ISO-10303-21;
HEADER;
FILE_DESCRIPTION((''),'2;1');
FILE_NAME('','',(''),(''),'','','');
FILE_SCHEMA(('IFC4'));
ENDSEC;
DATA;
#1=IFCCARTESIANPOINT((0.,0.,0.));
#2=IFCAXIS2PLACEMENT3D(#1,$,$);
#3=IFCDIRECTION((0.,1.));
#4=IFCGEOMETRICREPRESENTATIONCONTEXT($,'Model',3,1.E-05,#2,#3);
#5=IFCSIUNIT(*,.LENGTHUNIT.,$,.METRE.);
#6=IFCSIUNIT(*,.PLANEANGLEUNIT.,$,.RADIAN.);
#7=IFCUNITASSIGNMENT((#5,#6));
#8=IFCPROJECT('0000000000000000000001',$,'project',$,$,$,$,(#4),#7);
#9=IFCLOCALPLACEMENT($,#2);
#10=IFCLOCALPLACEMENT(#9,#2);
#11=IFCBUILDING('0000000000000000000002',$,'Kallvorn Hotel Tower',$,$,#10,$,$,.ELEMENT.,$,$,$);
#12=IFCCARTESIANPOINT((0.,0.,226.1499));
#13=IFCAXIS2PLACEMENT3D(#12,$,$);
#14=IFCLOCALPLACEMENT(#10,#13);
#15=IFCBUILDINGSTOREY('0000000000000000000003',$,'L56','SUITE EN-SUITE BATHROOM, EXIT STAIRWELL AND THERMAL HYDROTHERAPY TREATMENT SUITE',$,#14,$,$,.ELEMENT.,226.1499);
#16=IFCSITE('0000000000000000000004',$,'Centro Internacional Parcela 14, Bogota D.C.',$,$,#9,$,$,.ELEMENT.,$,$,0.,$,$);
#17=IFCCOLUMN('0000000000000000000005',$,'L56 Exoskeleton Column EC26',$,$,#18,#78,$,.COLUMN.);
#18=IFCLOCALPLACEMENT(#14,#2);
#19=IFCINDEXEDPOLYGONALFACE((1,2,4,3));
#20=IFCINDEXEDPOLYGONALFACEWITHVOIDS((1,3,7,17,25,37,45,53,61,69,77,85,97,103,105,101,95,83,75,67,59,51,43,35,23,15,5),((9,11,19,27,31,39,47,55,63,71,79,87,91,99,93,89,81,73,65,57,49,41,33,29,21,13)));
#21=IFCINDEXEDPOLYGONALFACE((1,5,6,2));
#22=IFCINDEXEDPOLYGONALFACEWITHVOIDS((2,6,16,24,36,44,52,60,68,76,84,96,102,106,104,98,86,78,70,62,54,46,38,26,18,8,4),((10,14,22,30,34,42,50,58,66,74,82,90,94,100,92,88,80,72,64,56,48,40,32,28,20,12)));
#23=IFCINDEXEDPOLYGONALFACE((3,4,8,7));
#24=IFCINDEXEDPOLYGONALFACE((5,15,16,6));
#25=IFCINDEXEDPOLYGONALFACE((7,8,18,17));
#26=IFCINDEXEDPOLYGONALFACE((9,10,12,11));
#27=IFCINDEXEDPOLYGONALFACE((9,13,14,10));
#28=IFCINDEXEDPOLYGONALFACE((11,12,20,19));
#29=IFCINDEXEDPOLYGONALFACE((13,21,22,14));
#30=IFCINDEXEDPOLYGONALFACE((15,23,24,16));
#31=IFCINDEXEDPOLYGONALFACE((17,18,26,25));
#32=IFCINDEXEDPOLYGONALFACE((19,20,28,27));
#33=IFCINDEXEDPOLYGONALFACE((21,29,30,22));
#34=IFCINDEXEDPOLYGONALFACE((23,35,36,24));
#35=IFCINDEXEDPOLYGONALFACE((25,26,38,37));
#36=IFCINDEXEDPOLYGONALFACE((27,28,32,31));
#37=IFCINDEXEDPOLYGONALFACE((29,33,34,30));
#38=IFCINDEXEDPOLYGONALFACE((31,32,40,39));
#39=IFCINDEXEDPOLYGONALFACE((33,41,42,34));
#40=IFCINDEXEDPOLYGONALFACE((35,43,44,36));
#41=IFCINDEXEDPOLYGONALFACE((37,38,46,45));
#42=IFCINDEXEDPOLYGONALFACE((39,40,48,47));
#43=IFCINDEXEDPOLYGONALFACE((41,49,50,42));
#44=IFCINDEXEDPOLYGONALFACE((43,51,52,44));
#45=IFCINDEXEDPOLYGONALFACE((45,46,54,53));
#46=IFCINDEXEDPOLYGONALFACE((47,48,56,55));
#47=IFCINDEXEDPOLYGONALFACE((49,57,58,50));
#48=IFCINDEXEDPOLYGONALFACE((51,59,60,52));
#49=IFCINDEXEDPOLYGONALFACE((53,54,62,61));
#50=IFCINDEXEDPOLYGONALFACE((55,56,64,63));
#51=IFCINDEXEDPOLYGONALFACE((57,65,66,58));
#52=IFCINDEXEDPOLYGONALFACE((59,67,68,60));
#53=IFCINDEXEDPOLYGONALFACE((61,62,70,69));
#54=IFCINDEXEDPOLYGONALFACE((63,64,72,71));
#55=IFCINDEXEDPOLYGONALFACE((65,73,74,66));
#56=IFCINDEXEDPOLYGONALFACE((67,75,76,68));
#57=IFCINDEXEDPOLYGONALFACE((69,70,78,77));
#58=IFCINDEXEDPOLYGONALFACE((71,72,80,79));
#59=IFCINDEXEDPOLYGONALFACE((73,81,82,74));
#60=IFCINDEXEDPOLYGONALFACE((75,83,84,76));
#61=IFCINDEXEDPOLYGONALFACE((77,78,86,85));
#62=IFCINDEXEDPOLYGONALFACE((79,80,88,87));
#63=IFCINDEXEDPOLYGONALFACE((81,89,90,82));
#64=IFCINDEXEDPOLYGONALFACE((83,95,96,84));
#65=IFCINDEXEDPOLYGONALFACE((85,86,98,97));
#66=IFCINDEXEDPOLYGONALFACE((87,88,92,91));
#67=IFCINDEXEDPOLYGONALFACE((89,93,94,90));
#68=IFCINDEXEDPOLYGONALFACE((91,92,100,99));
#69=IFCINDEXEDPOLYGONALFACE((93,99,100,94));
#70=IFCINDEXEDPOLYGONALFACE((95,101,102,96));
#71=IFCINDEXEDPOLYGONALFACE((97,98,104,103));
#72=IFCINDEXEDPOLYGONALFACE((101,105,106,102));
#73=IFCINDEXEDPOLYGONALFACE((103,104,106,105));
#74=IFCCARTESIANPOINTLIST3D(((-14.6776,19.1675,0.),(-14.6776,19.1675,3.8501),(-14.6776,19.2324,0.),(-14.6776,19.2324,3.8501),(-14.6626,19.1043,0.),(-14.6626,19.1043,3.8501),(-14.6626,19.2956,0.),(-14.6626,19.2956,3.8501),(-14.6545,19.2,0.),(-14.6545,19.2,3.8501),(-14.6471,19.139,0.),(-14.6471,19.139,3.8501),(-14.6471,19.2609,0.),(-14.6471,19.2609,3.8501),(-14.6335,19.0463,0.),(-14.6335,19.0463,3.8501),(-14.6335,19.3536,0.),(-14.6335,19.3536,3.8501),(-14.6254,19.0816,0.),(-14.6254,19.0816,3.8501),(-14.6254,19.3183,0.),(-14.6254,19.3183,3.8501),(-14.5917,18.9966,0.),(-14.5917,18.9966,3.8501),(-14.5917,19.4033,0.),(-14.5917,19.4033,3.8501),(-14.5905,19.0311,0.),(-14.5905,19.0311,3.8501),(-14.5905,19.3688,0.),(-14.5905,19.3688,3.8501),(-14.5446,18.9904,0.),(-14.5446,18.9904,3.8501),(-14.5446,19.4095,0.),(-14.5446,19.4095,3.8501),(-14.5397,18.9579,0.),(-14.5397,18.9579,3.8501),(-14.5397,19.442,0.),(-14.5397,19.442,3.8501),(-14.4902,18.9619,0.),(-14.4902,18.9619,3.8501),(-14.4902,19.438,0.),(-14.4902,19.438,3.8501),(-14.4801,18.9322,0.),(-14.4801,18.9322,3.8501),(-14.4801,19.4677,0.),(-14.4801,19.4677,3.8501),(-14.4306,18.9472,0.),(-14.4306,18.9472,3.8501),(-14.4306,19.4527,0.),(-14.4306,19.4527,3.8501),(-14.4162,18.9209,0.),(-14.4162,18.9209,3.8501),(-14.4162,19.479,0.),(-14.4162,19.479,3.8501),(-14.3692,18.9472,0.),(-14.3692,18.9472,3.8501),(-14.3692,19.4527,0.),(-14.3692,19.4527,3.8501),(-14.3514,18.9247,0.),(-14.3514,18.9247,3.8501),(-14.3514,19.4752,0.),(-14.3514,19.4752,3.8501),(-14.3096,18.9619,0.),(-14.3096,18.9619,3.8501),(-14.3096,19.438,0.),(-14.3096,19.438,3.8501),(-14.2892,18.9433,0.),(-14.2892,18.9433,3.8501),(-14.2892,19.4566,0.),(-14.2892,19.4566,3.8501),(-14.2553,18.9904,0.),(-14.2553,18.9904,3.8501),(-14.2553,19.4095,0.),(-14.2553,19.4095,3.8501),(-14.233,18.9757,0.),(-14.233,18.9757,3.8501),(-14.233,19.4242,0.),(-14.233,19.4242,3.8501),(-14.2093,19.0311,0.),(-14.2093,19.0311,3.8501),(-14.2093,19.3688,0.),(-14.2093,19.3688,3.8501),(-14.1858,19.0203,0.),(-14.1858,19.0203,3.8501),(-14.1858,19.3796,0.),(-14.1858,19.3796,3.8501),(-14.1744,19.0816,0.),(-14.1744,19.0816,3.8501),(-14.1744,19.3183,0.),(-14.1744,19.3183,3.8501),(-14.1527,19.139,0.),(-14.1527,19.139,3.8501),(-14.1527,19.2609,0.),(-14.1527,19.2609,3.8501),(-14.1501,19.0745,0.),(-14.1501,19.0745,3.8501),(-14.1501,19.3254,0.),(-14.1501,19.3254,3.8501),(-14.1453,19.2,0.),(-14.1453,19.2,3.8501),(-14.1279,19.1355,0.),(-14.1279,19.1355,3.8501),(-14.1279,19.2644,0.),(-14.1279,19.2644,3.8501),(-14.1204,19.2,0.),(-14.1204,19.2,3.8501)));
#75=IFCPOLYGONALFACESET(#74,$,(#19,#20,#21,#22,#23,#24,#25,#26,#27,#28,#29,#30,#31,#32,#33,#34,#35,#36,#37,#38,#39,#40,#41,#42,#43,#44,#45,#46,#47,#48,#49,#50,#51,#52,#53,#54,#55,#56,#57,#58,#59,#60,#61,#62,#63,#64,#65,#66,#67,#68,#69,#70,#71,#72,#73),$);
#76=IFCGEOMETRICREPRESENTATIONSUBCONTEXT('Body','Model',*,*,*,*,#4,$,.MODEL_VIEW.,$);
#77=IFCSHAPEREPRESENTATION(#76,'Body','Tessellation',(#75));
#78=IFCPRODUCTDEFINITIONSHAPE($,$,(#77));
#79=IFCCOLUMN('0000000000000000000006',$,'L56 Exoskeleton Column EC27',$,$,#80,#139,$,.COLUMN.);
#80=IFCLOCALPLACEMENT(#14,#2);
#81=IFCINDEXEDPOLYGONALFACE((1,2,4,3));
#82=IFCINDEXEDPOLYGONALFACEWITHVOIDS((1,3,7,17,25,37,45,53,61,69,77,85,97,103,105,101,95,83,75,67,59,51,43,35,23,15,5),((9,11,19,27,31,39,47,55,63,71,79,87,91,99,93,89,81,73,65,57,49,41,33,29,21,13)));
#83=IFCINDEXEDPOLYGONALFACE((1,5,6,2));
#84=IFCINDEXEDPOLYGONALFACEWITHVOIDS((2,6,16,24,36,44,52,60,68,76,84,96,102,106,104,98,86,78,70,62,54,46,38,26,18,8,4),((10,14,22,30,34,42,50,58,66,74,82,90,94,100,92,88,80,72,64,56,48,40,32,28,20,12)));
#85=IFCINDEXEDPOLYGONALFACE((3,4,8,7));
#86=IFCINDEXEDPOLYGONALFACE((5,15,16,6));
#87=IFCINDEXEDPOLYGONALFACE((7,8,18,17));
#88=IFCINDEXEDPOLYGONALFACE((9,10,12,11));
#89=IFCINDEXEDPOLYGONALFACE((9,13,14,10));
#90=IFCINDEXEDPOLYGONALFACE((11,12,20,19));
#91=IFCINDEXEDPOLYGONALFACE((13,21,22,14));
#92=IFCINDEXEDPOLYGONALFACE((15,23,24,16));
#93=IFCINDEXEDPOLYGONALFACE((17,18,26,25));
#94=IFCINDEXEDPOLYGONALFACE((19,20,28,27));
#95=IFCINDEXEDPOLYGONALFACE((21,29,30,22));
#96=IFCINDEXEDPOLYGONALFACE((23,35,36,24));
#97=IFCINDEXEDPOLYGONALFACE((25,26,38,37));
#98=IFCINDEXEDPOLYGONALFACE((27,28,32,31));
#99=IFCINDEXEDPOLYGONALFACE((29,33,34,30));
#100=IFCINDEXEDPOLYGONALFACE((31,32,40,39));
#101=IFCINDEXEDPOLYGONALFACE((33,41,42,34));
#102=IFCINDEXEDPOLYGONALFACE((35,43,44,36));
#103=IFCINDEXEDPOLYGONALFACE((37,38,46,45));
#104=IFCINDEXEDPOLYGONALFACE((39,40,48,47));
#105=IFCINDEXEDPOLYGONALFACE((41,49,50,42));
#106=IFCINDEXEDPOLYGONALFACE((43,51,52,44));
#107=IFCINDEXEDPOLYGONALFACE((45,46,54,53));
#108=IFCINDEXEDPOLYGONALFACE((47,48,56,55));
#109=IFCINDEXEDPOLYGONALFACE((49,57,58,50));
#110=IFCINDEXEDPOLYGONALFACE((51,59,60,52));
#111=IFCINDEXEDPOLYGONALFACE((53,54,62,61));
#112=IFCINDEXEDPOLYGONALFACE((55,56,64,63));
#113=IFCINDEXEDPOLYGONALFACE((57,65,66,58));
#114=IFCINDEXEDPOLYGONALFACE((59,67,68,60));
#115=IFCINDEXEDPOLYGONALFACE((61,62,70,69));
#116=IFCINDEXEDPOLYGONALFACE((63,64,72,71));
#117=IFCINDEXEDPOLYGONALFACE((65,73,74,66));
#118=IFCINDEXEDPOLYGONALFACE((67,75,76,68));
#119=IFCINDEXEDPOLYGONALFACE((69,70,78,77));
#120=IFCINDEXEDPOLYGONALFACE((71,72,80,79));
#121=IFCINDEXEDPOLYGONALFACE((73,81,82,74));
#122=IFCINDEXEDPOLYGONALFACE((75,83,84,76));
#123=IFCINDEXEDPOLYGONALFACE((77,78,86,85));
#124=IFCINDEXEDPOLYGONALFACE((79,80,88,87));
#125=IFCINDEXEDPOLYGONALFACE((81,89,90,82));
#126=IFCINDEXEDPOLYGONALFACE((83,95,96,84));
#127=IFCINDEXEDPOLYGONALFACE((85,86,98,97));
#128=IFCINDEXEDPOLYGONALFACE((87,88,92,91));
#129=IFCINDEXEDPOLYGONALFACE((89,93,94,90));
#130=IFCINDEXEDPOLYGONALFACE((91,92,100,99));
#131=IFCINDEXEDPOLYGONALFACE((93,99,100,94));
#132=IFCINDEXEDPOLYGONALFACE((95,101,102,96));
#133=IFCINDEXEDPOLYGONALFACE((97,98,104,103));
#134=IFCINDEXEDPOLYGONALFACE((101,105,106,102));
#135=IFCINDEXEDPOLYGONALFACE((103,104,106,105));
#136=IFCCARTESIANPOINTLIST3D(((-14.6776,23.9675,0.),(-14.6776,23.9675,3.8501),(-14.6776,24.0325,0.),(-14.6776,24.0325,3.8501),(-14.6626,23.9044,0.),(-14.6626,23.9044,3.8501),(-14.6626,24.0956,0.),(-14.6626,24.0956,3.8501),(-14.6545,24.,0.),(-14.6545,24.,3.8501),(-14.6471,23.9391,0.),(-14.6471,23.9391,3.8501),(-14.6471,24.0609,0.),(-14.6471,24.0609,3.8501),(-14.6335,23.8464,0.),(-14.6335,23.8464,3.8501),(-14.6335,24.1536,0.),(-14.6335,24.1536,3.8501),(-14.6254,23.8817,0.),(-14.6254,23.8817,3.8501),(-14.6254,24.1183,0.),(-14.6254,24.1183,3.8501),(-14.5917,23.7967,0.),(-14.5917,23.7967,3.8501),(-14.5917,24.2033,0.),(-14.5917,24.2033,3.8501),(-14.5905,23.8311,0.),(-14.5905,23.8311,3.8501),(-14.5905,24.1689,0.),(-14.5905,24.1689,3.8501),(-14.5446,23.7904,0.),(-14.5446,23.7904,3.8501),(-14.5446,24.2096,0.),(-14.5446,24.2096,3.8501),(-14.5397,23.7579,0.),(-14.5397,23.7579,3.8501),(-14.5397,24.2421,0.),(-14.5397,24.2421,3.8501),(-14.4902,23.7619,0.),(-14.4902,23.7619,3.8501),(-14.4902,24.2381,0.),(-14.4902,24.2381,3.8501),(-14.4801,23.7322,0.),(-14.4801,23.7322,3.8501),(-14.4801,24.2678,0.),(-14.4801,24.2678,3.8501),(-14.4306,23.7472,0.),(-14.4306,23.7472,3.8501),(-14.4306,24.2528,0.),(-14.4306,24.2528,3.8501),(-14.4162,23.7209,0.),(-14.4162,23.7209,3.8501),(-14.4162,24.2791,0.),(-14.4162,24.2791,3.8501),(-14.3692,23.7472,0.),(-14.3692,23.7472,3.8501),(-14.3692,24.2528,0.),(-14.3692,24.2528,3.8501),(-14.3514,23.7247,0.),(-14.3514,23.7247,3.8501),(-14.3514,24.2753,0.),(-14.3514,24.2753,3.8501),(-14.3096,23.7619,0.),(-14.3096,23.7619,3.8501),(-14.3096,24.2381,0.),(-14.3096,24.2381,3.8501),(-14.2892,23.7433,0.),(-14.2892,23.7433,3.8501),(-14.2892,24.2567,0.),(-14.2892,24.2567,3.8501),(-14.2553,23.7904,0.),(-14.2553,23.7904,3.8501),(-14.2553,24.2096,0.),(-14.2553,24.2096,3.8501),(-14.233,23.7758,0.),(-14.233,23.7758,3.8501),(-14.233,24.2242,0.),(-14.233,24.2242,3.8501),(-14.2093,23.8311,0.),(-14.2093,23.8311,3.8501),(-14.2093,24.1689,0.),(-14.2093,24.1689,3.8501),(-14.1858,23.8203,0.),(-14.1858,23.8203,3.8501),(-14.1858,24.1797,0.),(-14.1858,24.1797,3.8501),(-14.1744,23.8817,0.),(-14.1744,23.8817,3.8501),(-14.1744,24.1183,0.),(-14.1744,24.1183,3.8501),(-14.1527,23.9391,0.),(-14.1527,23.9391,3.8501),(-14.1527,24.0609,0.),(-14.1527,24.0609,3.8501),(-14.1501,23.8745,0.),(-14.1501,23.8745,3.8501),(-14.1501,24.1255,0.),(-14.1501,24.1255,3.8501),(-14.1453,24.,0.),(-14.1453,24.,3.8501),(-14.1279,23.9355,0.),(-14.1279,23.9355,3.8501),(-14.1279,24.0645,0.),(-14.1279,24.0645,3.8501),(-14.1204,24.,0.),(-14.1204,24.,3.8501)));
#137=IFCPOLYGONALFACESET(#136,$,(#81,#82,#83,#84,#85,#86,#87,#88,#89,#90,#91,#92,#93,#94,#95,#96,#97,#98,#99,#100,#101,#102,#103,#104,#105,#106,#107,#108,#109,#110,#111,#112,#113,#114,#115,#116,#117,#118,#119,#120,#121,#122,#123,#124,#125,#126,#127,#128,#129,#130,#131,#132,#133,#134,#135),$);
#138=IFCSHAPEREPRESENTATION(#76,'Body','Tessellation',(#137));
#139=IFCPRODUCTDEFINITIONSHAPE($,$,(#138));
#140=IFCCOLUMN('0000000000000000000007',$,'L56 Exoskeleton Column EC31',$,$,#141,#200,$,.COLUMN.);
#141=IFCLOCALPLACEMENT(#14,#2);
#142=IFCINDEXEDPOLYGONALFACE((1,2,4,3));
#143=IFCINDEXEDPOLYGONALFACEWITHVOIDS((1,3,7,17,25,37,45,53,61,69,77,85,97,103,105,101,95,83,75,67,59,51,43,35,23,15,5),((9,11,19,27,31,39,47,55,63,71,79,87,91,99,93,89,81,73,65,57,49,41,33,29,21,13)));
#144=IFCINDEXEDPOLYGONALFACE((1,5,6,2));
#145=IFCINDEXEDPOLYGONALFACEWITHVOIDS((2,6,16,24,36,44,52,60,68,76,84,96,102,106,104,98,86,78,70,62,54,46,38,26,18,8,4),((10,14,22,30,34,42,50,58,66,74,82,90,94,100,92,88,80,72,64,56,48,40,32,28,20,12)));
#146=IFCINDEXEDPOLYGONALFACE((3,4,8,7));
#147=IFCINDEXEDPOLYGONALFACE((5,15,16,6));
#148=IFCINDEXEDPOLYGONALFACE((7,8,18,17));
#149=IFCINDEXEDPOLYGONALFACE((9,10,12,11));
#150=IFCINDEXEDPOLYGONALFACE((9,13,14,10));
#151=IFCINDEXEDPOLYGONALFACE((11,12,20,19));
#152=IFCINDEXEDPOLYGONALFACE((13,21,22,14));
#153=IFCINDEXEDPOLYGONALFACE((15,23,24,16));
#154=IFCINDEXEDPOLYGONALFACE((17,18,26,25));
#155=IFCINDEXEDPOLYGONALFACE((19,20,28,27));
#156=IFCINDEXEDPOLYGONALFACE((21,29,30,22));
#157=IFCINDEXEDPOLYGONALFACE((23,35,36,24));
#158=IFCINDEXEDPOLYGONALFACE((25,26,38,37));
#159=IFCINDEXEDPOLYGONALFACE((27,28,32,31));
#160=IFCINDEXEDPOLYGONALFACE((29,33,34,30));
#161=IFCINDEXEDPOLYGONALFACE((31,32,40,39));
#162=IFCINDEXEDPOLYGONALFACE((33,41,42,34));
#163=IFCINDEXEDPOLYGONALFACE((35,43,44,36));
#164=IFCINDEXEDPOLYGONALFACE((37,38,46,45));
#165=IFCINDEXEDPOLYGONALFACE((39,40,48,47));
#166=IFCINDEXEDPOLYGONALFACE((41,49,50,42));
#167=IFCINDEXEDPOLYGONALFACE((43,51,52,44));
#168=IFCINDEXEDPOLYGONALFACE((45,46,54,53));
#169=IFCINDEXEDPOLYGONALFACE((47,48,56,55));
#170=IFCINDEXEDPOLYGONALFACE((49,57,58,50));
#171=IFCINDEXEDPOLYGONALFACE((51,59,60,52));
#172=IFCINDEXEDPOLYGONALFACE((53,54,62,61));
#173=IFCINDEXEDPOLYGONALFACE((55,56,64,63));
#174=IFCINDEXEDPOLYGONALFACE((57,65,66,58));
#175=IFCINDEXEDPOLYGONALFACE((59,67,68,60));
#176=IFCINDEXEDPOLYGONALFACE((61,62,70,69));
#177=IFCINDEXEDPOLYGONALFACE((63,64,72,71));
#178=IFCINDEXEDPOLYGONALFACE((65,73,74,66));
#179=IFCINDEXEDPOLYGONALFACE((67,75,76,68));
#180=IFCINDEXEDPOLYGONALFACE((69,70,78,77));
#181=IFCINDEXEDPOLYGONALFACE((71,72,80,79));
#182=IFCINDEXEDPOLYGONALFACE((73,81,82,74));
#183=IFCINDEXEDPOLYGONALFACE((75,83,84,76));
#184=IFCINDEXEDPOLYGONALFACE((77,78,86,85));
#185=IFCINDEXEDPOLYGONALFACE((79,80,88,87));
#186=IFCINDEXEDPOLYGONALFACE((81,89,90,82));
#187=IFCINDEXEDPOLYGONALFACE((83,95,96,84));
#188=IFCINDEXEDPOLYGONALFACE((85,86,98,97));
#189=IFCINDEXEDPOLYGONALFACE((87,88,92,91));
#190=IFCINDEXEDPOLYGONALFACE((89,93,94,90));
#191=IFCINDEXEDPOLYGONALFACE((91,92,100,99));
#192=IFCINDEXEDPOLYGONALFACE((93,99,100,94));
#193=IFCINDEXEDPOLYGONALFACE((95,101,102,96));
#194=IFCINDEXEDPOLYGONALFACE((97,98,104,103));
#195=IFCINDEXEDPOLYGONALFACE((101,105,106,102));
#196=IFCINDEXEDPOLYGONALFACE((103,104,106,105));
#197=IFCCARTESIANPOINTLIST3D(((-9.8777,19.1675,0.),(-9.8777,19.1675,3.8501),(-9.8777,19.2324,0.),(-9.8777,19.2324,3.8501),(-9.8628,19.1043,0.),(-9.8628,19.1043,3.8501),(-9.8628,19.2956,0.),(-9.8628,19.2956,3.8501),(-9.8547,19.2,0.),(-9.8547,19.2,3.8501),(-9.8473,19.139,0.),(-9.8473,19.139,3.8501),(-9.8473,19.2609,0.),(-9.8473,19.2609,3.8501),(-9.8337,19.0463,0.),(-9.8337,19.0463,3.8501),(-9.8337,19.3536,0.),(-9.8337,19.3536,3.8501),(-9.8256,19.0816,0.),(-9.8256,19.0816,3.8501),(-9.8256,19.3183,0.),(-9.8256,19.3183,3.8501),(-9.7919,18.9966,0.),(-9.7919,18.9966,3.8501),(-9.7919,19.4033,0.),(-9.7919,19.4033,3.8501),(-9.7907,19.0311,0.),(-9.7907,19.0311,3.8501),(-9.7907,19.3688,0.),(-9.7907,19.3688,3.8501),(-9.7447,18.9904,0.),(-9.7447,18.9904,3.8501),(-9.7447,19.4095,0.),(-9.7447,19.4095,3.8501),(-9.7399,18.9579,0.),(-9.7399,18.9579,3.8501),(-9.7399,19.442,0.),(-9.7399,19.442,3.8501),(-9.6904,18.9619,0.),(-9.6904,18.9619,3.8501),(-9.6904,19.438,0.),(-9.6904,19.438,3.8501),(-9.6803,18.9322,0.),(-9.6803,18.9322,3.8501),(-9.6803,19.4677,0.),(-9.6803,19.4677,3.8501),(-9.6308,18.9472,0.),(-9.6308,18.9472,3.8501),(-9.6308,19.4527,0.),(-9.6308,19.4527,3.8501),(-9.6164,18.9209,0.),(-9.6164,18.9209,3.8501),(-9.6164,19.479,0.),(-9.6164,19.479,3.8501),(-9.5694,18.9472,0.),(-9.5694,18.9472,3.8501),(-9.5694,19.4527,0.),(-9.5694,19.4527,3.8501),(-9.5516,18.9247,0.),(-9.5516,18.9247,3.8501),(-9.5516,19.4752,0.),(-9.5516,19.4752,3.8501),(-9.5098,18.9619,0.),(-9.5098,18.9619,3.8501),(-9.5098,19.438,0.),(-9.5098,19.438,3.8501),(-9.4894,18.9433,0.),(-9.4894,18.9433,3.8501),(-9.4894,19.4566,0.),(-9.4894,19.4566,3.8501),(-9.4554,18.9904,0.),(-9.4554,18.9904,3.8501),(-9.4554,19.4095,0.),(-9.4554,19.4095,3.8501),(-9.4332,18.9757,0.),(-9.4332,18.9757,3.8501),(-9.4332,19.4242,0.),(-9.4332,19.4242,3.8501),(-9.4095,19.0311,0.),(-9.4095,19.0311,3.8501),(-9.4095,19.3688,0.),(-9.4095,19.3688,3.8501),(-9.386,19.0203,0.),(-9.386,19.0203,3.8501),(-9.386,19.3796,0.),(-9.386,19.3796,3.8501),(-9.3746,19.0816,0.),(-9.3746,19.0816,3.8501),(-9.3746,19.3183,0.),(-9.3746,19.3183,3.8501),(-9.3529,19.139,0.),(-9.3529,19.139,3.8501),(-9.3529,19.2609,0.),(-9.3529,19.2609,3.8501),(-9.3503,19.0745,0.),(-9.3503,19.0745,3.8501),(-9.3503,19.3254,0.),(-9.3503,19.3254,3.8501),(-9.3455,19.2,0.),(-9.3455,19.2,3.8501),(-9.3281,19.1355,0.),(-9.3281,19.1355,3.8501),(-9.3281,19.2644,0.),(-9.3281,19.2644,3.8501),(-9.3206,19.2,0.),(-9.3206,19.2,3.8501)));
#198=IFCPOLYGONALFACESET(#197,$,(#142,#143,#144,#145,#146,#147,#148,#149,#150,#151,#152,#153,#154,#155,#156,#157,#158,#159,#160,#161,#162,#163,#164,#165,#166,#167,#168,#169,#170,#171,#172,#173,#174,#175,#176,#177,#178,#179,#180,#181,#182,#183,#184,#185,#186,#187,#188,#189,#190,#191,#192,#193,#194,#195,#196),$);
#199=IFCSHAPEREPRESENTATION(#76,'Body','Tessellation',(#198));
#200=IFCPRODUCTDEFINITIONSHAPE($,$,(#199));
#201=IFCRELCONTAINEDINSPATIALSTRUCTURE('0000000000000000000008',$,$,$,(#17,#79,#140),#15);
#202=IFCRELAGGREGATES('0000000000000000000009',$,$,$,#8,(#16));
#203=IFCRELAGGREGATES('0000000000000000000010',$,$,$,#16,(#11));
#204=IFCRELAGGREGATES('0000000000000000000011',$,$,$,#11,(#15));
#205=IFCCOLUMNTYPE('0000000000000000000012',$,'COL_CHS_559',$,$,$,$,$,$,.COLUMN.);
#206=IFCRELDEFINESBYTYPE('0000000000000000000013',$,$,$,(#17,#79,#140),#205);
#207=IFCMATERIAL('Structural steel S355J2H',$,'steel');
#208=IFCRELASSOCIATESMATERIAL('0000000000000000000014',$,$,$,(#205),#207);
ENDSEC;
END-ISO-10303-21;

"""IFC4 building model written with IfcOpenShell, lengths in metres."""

from ifc_helpers import new_model, si_unit, direction, frame, origin, origin_2d, place, context, subcontext, project, spatial, hollow_circle, extrude, material, material_profile, profile_set, type_object, element, save


model = new_model("IFC4")

# Units and contexts
model_context = context("Model", 3, precision=1e-05, world=origin(), true_north=direction((0.0, 1.0)))
body_context = subcontext(model_context, "Body", "Model", "MODEL_VIEW")
ifc_project = project(units=[si_unit("LENGTHUNIT", "METRE"), si_unit("PLANEANGLEUNIT", "RADIAN")], contexts=[model_context])

# Site, building, storey
site_placement = place(None, origin())
site = spatial("IfcSite", under=ifc_project, at=site_placement, Name="Centro Internacional Parcela 14, Bogota D.C.", CompositionType="ELEMENT", RefElevation=0.0)
building_placement = place(site_placement, origin())
building = spatial("IfcBuilding", under=site, at=building_placement, Name="Kallvorn Hotel Tower", CompositionType="ELEMENT")
storey_placement = place(building_placement, frame((0.0, 0.0, 226.1499)))
storey = spatial("IfcBuildingStorey", under=building, at=storey_placement, Name="L56", Description="SUITE EN-SUITE BATHROOM, EXIT STAIRWELL AND THERMAL HYDROTHERAPY TREATMENT SUITE", CompositionType="ELEMENT", Elevation=226.1499)

# Columns
ifc_material_1 = material(Name="Structural steel S355J2H", Category="steel")
ifc_material_profile_1 = material_profile(ifc_material_1, hollow_circle(Radius=0.2795, WallThickness=0.0249, at=origin_2d()), Name="CHS 559x25")
ifc_profile_set_1 = profile_set([ifc_material_profile_1], Name="Structural steel S355J2H")
column_type_1 = type_object("IfcColumnType", Name="COL_CHS_559", PredefinedType="COLUMN", material=ifc_profile_set_1)
for number, where, z_axis, x_axis, name in (
    (1, (-14.3999, 19.2, 0.0), (0.0, 0.0, 1.0), (1.0, 0.0, 0.0), "L56 Exoskeleton Column EC26"),
    (2, (-14.3999, 24.0, 0.0), (0.0, 0.0, 1.0), (1.0, 0.0, 0.0), "L56 Exoskeleton Column EC27"),
    (3, (-9.6001, 19.2, 0.0), (0.0, 0.0, 1.0), (1.0, 0.0, 0.0), "L56 Exoskeleton Column EC31"),
):
    element("IfcColumn", number, at=place(storey_placement, frame(where, z_axis=z_axis, x_axis=x_axis)), inside=storey, type_object=column_type_1, Name=name, PredefinedType="COLUMN", context=body_context, shape_type="SweptSolid", body=[
        extrude(hollow_circle(Radius=0.2795, WallThickness=0.0249, at=origin_2d()), origin(), (0.0, 0.0, 1.0), 3.8501),
    ])

save(model, "model.ifc")
